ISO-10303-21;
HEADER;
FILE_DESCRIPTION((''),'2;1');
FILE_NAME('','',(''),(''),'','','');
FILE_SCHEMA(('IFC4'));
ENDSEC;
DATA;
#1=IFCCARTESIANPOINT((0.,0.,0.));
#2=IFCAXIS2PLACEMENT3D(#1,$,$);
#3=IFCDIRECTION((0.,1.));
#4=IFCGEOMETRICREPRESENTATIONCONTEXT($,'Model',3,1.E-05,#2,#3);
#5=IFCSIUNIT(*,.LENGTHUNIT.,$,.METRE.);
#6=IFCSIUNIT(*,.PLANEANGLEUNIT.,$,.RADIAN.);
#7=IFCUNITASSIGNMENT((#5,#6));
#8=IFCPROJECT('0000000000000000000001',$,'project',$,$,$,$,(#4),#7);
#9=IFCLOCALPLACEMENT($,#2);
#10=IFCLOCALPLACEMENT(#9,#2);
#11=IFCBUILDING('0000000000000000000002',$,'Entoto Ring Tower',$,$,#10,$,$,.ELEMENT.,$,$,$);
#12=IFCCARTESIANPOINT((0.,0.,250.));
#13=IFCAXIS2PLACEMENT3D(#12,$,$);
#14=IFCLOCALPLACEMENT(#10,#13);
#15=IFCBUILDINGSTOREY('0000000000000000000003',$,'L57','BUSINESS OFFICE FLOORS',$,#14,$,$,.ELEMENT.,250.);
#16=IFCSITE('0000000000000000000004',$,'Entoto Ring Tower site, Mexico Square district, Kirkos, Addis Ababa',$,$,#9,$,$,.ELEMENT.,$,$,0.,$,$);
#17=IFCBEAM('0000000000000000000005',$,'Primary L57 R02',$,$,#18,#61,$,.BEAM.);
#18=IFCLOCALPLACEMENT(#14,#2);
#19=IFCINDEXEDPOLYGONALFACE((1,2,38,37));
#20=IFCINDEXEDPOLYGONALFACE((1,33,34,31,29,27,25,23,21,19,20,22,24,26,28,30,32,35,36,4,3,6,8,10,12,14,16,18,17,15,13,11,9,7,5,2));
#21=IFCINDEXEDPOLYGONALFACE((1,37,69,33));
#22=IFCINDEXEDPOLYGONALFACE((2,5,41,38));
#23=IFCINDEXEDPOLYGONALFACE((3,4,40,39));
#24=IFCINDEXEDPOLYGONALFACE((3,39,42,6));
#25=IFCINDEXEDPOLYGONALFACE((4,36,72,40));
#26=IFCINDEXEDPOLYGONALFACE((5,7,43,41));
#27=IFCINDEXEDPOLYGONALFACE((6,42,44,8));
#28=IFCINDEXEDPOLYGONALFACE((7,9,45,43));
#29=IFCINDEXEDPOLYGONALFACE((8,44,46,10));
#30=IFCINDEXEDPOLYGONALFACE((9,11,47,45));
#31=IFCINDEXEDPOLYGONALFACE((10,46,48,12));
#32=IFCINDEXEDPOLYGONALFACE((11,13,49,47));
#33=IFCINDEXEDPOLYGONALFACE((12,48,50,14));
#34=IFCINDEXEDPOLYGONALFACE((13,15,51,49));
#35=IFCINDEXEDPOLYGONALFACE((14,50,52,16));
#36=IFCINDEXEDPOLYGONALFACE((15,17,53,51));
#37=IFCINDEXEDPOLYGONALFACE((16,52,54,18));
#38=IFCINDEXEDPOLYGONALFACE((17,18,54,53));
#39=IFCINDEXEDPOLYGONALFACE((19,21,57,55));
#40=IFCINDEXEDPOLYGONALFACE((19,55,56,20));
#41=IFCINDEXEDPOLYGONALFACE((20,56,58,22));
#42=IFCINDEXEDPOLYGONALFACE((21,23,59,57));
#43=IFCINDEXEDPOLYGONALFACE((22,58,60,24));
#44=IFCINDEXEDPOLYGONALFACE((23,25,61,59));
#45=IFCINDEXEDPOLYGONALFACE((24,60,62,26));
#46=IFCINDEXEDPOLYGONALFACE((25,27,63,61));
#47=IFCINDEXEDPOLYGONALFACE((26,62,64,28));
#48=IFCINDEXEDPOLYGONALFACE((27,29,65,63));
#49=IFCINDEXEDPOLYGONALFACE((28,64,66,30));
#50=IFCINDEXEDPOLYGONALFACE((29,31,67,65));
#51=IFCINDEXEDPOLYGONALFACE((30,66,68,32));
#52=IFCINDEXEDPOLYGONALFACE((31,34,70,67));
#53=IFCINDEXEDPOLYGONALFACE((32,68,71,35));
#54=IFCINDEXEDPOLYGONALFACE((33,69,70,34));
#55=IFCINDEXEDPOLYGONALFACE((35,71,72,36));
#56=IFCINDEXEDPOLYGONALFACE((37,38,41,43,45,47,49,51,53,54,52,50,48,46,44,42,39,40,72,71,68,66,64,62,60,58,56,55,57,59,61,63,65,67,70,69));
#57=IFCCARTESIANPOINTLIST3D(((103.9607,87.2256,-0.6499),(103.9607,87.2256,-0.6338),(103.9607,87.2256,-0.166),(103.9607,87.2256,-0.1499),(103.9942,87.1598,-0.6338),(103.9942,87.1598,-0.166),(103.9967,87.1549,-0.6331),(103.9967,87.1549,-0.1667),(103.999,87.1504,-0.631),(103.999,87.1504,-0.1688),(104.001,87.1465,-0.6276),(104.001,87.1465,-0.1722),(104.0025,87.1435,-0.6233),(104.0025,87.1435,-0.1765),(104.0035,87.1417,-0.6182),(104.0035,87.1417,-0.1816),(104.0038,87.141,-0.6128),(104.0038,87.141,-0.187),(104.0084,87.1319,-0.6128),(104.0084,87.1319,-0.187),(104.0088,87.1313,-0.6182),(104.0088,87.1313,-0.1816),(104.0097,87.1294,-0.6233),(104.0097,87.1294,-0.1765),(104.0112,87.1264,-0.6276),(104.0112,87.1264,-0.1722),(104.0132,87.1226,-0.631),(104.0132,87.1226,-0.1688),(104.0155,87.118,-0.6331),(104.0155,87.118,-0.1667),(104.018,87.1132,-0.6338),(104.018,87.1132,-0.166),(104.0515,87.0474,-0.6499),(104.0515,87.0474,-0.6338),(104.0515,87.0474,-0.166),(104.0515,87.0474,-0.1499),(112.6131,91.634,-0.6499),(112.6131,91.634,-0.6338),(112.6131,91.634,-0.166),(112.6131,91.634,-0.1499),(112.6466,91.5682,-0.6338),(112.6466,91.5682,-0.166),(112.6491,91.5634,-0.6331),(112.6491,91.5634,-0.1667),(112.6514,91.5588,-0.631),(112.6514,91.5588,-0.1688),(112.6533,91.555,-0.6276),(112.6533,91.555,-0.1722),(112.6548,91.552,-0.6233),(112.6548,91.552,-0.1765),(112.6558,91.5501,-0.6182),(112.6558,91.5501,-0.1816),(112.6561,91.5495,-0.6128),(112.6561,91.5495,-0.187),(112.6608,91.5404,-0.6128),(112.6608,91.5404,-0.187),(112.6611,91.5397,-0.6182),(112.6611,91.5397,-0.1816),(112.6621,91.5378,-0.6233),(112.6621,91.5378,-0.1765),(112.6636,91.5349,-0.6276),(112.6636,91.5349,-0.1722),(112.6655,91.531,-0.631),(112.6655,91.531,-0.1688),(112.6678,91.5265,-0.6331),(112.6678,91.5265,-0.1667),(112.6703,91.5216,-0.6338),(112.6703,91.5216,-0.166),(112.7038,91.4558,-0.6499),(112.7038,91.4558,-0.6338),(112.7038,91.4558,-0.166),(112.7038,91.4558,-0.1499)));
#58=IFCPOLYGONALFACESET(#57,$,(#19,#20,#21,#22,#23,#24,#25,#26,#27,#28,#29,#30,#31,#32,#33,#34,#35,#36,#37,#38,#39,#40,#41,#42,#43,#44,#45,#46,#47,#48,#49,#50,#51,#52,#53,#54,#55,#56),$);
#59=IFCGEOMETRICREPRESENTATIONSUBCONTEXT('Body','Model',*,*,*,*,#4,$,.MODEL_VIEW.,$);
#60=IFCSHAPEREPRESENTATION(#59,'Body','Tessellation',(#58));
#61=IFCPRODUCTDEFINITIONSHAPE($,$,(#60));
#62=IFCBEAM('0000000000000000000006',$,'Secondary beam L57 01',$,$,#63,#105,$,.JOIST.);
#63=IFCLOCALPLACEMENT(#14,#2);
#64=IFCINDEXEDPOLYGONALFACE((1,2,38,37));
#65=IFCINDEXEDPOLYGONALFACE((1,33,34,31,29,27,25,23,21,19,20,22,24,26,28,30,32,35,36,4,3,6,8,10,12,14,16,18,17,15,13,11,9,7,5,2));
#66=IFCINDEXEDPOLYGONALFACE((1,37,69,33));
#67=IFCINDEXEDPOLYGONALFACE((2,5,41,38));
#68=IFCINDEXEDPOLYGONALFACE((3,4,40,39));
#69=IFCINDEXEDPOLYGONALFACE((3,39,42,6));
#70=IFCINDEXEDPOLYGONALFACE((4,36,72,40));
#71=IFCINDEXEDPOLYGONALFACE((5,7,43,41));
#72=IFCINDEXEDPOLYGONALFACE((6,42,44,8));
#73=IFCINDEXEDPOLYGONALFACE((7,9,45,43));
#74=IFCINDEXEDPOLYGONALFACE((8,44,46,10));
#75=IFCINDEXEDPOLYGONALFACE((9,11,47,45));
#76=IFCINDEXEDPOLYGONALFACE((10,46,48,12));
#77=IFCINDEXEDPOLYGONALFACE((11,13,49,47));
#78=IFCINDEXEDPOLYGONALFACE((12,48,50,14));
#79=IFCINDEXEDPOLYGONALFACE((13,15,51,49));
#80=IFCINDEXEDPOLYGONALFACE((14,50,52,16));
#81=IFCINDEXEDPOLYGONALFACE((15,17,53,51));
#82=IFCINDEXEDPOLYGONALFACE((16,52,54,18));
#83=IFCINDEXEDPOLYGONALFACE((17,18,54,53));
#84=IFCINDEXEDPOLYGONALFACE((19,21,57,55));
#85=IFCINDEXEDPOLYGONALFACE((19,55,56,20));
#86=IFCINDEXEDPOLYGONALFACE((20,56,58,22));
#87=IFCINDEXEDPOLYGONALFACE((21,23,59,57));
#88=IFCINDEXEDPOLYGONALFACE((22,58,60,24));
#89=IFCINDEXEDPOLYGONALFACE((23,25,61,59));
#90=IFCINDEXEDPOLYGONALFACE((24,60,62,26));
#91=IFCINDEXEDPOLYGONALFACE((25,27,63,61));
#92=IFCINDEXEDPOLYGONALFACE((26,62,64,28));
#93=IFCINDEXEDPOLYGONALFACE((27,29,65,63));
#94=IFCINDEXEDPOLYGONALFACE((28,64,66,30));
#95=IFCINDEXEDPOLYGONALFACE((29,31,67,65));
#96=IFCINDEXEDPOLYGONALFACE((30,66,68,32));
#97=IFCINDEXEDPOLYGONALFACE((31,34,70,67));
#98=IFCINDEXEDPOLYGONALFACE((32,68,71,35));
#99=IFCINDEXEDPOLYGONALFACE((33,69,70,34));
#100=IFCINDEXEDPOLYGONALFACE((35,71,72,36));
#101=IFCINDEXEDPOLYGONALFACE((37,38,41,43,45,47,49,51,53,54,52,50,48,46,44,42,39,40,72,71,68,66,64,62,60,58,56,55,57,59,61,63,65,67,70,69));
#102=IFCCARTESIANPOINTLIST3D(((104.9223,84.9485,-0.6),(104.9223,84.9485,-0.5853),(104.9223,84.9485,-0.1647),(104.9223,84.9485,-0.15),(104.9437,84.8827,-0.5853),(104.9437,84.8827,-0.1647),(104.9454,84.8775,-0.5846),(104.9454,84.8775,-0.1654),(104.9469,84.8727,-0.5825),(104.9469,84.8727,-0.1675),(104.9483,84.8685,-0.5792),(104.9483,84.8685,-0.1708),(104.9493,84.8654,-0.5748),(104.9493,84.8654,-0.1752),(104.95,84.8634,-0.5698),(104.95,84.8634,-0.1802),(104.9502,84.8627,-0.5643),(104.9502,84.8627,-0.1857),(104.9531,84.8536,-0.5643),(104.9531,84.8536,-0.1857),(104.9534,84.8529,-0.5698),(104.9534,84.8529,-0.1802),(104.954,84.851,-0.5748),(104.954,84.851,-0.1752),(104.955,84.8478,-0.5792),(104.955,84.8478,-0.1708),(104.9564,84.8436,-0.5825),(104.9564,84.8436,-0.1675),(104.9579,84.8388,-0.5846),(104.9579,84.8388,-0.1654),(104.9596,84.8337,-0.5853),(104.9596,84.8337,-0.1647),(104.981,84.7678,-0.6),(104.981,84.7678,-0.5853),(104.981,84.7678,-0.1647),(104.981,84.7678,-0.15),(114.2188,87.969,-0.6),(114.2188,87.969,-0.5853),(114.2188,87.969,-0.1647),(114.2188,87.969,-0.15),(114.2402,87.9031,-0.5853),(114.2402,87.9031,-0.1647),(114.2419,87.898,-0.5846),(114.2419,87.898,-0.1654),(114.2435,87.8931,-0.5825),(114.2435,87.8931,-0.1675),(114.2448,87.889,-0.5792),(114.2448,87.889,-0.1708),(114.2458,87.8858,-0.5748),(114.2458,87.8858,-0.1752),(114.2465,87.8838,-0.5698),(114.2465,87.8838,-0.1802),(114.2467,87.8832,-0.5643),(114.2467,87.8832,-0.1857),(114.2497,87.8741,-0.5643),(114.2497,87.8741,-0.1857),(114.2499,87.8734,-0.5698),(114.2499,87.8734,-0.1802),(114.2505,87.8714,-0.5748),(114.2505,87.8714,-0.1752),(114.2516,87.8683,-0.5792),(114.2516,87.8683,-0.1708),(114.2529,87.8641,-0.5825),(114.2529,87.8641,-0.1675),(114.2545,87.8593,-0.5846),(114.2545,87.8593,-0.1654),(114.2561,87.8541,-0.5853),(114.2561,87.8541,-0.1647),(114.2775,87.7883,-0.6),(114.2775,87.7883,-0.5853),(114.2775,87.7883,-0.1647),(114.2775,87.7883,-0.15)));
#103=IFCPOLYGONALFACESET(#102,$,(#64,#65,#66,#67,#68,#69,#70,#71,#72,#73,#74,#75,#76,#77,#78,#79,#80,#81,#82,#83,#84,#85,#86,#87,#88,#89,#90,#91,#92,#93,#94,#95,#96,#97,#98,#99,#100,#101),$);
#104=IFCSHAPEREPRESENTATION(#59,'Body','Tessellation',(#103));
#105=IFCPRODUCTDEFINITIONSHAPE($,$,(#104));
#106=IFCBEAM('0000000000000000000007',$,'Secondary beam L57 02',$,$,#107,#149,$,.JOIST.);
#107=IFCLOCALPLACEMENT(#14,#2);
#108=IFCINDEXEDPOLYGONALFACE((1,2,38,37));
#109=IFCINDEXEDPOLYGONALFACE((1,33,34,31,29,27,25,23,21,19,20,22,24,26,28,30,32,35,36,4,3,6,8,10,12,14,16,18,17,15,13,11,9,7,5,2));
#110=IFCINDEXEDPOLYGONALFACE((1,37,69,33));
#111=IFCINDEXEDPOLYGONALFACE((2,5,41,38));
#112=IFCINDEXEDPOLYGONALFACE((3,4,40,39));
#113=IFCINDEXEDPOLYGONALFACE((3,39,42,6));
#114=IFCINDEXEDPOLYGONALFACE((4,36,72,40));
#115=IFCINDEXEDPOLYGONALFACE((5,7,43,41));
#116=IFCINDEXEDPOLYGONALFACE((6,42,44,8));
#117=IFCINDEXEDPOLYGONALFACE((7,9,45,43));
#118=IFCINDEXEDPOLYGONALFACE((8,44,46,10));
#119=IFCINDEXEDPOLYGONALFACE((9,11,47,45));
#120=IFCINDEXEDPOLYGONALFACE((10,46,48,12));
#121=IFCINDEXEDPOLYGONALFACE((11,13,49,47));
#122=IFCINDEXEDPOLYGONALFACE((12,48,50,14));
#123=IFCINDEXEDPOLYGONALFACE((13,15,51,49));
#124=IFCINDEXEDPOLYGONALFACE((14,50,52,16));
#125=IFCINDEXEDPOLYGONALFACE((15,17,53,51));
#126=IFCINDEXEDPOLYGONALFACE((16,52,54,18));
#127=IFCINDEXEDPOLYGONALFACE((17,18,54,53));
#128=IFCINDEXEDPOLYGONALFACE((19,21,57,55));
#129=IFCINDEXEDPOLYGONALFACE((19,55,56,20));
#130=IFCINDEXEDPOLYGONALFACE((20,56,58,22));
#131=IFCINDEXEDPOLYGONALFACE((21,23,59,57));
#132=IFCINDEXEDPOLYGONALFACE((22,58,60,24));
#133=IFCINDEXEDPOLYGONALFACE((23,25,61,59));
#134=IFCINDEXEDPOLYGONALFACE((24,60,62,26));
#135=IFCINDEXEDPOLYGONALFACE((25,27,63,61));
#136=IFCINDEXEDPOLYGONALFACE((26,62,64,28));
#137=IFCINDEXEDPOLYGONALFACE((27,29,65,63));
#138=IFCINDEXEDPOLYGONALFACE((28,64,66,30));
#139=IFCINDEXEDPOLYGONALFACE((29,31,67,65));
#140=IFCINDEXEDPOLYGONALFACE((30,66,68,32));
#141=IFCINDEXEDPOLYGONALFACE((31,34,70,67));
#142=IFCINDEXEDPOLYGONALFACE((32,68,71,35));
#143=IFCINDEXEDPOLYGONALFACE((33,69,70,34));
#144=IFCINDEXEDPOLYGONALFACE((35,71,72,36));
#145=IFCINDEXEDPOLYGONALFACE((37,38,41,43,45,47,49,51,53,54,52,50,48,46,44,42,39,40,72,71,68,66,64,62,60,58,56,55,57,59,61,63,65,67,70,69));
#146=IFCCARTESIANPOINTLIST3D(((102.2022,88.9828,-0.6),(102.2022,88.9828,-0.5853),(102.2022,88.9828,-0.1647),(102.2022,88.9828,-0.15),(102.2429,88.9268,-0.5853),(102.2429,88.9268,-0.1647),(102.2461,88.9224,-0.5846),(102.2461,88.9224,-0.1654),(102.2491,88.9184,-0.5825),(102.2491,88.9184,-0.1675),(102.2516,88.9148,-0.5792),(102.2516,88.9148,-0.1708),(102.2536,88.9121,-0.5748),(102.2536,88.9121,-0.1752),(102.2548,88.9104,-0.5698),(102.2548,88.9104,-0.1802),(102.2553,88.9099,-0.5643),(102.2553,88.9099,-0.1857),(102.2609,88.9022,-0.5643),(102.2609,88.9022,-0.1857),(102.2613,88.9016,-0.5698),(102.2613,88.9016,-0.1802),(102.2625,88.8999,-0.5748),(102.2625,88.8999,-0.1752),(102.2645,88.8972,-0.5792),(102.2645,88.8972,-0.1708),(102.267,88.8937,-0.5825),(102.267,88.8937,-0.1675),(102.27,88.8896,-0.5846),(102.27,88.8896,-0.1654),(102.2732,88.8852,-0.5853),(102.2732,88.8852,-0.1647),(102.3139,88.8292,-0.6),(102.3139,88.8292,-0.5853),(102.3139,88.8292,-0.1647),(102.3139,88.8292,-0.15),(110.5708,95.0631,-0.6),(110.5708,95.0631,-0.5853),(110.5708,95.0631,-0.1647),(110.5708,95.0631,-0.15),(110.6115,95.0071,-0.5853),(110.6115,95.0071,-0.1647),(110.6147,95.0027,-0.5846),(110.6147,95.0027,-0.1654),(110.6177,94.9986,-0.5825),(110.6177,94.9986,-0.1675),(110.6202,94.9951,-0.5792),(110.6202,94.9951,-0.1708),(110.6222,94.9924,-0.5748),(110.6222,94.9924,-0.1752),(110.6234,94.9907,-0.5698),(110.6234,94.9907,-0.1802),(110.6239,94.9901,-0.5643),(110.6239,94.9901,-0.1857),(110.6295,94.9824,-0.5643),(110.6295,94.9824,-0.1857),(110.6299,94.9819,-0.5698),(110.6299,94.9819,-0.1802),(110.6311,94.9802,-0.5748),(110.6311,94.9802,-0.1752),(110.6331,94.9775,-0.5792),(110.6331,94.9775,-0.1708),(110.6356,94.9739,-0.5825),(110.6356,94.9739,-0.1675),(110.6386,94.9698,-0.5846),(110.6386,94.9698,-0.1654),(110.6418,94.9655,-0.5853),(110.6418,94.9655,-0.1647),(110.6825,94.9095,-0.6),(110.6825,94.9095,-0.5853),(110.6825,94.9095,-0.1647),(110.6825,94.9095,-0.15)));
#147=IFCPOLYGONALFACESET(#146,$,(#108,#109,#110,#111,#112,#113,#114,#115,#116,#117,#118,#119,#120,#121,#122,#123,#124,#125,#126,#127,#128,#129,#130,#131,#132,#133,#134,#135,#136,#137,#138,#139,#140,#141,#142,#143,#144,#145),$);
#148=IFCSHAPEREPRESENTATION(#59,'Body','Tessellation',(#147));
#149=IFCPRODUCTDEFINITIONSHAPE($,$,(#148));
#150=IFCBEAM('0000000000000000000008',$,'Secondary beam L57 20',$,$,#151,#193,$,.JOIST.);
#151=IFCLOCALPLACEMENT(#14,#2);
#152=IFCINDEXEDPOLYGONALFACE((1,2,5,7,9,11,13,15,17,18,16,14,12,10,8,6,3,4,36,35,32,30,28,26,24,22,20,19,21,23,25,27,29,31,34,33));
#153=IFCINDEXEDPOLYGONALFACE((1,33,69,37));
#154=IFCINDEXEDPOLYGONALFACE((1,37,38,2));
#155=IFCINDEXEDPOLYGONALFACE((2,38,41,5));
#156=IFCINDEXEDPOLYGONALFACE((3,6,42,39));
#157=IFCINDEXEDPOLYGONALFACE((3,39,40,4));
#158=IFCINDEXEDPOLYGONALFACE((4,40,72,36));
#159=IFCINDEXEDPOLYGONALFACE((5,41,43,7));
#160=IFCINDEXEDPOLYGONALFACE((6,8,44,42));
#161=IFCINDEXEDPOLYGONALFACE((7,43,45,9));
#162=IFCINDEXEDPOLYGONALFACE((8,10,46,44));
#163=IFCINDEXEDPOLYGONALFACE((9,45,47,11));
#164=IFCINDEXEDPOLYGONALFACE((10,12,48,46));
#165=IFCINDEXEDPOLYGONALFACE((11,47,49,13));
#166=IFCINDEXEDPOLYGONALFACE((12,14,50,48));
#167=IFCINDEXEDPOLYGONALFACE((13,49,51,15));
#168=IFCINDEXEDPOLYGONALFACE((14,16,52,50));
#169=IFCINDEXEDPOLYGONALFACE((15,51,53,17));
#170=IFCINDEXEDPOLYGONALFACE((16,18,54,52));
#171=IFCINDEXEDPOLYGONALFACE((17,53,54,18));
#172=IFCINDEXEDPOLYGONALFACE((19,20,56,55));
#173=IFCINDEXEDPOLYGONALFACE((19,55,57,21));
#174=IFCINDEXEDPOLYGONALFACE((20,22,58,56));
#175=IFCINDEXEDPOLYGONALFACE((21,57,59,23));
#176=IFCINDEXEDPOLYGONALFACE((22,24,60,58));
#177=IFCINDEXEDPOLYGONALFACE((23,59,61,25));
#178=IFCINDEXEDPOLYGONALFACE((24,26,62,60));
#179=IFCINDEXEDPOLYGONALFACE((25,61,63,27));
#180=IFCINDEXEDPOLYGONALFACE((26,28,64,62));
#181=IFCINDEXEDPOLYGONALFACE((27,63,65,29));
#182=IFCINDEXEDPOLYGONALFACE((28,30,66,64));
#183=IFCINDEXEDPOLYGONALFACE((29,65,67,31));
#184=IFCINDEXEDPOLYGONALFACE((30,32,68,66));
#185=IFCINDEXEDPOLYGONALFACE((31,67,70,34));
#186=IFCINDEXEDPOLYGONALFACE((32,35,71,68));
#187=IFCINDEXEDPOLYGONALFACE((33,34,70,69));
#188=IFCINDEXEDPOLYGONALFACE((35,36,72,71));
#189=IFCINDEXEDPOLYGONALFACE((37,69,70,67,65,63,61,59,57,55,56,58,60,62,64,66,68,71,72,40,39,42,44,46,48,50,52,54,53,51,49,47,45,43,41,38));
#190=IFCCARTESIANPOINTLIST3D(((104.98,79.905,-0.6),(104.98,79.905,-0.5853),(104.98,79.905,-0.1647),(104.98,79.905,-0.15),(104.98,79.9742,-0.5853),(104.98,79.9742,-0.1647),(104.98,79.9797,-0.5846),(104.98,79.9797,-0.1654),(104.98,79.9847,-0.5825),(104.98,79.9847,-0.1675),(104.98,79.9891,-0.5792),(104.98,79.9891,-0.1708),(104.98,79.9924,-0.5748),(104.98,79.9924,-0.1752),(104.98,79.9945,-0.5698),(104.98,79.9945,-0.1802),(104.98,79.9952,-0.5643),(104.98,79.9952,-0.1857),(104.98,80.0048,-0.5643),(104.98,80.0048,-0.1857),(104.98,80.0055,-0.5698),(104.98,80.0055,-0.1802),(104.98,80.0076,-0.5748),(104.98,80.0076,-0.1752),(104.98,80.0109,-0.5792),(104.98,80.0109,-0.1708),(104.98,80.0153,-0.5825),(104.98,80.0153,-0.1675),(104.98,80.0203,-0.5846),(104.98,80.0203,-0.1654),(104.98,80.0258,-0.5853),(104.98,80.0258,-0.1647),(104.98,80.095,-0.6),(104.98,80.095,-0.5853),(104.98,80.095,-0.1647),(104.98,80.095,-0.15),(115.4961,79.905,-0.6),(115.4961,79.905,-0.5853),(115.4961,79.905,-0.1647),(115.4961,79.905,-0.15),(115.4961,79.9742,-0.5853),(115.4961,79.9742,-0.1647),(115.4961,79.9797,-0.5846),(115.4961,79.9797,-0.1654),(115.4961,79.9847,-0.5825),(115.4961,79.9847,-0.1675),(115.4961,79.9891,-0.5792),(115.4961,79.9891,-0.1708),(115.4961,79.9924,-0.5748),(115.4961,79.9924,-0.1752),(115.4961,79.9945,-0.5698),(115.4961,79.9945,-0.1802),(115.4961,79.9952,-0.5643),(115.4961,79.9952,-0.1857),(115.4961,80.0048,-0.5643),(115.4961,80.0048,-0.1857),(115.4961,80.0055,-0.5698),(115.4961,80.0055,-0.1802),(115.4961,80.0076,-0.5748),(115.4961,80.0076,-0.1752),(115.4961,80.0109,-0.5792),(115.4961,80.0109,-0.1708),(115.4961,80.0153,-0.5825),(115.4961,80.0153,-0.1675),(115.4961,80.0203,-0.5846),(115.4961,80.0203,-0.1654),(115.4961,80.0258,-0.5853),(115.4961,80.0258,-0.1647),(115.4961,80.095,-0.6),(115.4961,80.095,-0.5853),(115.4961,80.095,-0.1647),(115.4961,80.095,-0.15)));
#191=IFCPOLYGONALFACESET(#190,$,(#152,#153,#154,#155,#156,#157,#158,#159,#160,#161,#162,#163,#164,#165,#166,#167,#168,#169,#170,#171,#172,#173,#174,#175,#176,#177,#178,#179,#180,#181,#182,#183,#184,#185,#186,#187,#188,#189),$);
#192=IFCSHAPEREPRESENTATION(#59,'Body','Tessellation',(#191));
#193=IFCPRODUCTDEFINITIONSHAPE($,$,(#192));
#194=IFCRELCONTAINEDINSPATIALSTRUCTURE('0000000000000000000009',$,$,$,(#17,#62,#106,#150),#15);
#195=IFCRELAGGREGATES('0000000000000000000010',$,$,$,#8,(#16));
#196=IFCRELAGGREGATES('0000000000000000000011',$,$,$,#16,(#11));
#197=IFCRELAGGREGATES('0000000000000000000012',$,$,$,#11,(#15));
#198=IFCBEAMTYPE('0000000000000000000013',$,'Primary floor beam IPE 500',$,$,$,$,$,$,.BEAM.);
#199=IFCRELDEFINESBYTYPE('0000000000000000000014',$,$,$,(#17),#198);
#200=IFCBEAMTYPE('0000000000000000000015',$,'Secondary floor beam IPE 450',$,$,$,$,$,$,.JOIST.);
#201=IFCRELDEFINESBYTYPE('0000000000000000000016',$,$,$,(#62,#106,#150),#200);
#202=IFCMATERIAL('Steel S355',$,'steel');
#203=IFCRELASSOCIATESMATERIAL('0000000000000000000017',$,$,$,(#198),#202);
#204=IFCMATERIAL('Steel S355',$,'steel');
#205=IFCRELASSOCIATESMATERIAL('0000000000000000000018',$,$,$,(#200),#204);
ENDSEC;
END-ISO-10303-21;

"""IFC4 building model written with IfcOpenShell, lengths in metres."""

from ifc_helpers import new_model, si_unit, direction, frame, origin, origin_2d, place, context, subcontext, project, spatial, i_section, extrude, material, material_profile, profile_set, type_object, element, save


model = new_model("IFC4")

# Units and contexts
model_context = context("Model", 3, precision=1e-05, world=origin(), true_north=direction((0.0, 1.0)))
body_context = subcontext(model_context, "Body", "Model", "MODEL_VIEW")
ifc_project = project(units=[si_unit("LENGTHUNIT", "METRE"), si_unit("PLANEANGLEUNIT", "RADIAN")], contexts=[model_context])

# Site, building, storey
site_placement = place(None, origin())
site = spatial("IfcSite", under=ifc_project, at=site_placement, Name="Entoto Ring Tower site, Mexico Square district, Kirkos, Addis Ababa", CompositionType="ELEMENT", RefElevation=0.0)
building_placement = place(site_placement, origin())
building = spatial("IfcBuilding", under=site, at=building_placement, Name="Entoto Ring Tower", CompositionType="ELEMENT")
storey_placement = place(building_placement, frame((0.0, 0.0, 250.0)))
storey = spatial("IfcBuildingStorey", under=building, at=storey_placement, Name="L57", Description="BUSINESS OFFICE FLOORS", CompositionType="ELEMENT", Elevation=250.0)

# Beams
ifc_material_1 = material(Name="Steel S355", Category="steel")
ifc_material_profile_1 = material_profile(ifc_material_1, i_section(OverallWidth=0.2, OverallDepth=0.5, WebThickness=0.0103, FlangeThickness=0.0161, FilletRadius=0.021, at=origin_2d()), Name="IPE 500")
ifc_profile_set_1 = profile_set([ifc_material_profile_1], Name="Steel S355")
beam_type_1 = type_object("IfcBeamType", Name="Primary floor beam IPE 500", PredefinedType="BEAM", material=ifc_profile_set_1)
beam_1_placement = place(storey_placement, frame((104.0061, 87.1365, -0.3999), z_axis=(0.891012, 0.453979, 0.0), x_axis=(-0.453979, 0.891012, 0.0)))
element("IfcBeam", 1, at=beam_1_placement, inside=storey, type_object=beam_type_1, Name="Primary L57 R02", PredefinedType="BEAM", context=body_context, shape_type="SweptSolid", body=[
    extrude(i_section(OverallWidth=0.2, OverallDepth=0.5, WebThickness=0.0103, FlangeThickness=0.0161, FilletRadius=0.021, at=origin_2d()), origin(), (0.0, 0.0, 1.0), 9.7107),
])
ifc_material_2 = material(Name="Steel S355", Category="steel")
ifc_material_profile_2 = material_profile(ifc_material_2, i_section(OverallWidth=0.1899, OverallDepth=0.45, WebThickness=0.0095, FlangeThickness=0.0146, FilletRadius=0.021, at=origin_2d()), Name="IPE 450")
ifc_profile_set_2 = profile_set([ifc_material_profile_2], Name="Steel S355")
beam_type_2 = type_object("IfcBeamType", Name="Secondary floor beam IPE 450", PredefinedType="JOIST", material=ifc_profile_set_2)
beam_2_placement = place(storey_placement, frame((104.9517, 84.8582, -0.375), z_axis=(0.951061, 0.309003, 0.0), x_axis=(-0.309003, 0.951061, 0.0)))
element("IfcBeam", 2, at=beam_2_placement, inside=storey, type_object=beam_type_2, Name="Secondary beam L57 01", PredefinedType="JOIST", context=body_context, shape_type="SweptSolid", body=[
    extrude(i_section(OverallWidth=0.1899, OverallDepth=0.45, WebThickness=0.0095, FlangeThickness=0.0146, FilletRadius=0.021, at=origin_2d()), origin(), (0.0, 0.0, 1.0), 9.7749),
])
beam_3_placement = place(storey_placement, frame((102.2581, 88.906, -0.375), z_axis=(0.809011, 0.587794, 0.0), x_axis=(-0.587794, 0.809011, 0.0)))
element("IfcBeam", 3, at=beam_3_placement, inside=storey, type_object=beam_type_2, Name="Secondary beam L57 02", PredefinedType="JOIST", context=body_context, shape_type="SweptSolid", body=[
    extrude(i_section(OverallWidth=0.1899, OverallDepth=0.45, WebThickness=0.0095, FlangeThickness=0.0146, FilletRadius=0.021, at=origin_2d()), origin(), (0.0, 0.0, 1.0), 10.3442),
])
beam_4_placement = place(storey_placement, frame((104.98, 80.0, -0.375), z_axis=(1.0, 0.0, 0.0), x_axis=(0.0, 1.0, 0.0)))
element("IfcBeam", 4, at=beam_4_placement, inside=storey, type_object=beam_type_2, Name="Secondary beam L57 20", PredefinedType="JOIST", context=body_context, shape_type="SweptSolid", body=[
    extrude(i_section(OverallWidth=0.1899, OverallDepth=0.45, WebThickness=0.0095, FlangeThickness=0.0146, FilletRadius=0.021, at=origin_2d()), origin(), (0.0, 0.0, 1.0), 10.5161),
])

save(model, "model.ifc")
